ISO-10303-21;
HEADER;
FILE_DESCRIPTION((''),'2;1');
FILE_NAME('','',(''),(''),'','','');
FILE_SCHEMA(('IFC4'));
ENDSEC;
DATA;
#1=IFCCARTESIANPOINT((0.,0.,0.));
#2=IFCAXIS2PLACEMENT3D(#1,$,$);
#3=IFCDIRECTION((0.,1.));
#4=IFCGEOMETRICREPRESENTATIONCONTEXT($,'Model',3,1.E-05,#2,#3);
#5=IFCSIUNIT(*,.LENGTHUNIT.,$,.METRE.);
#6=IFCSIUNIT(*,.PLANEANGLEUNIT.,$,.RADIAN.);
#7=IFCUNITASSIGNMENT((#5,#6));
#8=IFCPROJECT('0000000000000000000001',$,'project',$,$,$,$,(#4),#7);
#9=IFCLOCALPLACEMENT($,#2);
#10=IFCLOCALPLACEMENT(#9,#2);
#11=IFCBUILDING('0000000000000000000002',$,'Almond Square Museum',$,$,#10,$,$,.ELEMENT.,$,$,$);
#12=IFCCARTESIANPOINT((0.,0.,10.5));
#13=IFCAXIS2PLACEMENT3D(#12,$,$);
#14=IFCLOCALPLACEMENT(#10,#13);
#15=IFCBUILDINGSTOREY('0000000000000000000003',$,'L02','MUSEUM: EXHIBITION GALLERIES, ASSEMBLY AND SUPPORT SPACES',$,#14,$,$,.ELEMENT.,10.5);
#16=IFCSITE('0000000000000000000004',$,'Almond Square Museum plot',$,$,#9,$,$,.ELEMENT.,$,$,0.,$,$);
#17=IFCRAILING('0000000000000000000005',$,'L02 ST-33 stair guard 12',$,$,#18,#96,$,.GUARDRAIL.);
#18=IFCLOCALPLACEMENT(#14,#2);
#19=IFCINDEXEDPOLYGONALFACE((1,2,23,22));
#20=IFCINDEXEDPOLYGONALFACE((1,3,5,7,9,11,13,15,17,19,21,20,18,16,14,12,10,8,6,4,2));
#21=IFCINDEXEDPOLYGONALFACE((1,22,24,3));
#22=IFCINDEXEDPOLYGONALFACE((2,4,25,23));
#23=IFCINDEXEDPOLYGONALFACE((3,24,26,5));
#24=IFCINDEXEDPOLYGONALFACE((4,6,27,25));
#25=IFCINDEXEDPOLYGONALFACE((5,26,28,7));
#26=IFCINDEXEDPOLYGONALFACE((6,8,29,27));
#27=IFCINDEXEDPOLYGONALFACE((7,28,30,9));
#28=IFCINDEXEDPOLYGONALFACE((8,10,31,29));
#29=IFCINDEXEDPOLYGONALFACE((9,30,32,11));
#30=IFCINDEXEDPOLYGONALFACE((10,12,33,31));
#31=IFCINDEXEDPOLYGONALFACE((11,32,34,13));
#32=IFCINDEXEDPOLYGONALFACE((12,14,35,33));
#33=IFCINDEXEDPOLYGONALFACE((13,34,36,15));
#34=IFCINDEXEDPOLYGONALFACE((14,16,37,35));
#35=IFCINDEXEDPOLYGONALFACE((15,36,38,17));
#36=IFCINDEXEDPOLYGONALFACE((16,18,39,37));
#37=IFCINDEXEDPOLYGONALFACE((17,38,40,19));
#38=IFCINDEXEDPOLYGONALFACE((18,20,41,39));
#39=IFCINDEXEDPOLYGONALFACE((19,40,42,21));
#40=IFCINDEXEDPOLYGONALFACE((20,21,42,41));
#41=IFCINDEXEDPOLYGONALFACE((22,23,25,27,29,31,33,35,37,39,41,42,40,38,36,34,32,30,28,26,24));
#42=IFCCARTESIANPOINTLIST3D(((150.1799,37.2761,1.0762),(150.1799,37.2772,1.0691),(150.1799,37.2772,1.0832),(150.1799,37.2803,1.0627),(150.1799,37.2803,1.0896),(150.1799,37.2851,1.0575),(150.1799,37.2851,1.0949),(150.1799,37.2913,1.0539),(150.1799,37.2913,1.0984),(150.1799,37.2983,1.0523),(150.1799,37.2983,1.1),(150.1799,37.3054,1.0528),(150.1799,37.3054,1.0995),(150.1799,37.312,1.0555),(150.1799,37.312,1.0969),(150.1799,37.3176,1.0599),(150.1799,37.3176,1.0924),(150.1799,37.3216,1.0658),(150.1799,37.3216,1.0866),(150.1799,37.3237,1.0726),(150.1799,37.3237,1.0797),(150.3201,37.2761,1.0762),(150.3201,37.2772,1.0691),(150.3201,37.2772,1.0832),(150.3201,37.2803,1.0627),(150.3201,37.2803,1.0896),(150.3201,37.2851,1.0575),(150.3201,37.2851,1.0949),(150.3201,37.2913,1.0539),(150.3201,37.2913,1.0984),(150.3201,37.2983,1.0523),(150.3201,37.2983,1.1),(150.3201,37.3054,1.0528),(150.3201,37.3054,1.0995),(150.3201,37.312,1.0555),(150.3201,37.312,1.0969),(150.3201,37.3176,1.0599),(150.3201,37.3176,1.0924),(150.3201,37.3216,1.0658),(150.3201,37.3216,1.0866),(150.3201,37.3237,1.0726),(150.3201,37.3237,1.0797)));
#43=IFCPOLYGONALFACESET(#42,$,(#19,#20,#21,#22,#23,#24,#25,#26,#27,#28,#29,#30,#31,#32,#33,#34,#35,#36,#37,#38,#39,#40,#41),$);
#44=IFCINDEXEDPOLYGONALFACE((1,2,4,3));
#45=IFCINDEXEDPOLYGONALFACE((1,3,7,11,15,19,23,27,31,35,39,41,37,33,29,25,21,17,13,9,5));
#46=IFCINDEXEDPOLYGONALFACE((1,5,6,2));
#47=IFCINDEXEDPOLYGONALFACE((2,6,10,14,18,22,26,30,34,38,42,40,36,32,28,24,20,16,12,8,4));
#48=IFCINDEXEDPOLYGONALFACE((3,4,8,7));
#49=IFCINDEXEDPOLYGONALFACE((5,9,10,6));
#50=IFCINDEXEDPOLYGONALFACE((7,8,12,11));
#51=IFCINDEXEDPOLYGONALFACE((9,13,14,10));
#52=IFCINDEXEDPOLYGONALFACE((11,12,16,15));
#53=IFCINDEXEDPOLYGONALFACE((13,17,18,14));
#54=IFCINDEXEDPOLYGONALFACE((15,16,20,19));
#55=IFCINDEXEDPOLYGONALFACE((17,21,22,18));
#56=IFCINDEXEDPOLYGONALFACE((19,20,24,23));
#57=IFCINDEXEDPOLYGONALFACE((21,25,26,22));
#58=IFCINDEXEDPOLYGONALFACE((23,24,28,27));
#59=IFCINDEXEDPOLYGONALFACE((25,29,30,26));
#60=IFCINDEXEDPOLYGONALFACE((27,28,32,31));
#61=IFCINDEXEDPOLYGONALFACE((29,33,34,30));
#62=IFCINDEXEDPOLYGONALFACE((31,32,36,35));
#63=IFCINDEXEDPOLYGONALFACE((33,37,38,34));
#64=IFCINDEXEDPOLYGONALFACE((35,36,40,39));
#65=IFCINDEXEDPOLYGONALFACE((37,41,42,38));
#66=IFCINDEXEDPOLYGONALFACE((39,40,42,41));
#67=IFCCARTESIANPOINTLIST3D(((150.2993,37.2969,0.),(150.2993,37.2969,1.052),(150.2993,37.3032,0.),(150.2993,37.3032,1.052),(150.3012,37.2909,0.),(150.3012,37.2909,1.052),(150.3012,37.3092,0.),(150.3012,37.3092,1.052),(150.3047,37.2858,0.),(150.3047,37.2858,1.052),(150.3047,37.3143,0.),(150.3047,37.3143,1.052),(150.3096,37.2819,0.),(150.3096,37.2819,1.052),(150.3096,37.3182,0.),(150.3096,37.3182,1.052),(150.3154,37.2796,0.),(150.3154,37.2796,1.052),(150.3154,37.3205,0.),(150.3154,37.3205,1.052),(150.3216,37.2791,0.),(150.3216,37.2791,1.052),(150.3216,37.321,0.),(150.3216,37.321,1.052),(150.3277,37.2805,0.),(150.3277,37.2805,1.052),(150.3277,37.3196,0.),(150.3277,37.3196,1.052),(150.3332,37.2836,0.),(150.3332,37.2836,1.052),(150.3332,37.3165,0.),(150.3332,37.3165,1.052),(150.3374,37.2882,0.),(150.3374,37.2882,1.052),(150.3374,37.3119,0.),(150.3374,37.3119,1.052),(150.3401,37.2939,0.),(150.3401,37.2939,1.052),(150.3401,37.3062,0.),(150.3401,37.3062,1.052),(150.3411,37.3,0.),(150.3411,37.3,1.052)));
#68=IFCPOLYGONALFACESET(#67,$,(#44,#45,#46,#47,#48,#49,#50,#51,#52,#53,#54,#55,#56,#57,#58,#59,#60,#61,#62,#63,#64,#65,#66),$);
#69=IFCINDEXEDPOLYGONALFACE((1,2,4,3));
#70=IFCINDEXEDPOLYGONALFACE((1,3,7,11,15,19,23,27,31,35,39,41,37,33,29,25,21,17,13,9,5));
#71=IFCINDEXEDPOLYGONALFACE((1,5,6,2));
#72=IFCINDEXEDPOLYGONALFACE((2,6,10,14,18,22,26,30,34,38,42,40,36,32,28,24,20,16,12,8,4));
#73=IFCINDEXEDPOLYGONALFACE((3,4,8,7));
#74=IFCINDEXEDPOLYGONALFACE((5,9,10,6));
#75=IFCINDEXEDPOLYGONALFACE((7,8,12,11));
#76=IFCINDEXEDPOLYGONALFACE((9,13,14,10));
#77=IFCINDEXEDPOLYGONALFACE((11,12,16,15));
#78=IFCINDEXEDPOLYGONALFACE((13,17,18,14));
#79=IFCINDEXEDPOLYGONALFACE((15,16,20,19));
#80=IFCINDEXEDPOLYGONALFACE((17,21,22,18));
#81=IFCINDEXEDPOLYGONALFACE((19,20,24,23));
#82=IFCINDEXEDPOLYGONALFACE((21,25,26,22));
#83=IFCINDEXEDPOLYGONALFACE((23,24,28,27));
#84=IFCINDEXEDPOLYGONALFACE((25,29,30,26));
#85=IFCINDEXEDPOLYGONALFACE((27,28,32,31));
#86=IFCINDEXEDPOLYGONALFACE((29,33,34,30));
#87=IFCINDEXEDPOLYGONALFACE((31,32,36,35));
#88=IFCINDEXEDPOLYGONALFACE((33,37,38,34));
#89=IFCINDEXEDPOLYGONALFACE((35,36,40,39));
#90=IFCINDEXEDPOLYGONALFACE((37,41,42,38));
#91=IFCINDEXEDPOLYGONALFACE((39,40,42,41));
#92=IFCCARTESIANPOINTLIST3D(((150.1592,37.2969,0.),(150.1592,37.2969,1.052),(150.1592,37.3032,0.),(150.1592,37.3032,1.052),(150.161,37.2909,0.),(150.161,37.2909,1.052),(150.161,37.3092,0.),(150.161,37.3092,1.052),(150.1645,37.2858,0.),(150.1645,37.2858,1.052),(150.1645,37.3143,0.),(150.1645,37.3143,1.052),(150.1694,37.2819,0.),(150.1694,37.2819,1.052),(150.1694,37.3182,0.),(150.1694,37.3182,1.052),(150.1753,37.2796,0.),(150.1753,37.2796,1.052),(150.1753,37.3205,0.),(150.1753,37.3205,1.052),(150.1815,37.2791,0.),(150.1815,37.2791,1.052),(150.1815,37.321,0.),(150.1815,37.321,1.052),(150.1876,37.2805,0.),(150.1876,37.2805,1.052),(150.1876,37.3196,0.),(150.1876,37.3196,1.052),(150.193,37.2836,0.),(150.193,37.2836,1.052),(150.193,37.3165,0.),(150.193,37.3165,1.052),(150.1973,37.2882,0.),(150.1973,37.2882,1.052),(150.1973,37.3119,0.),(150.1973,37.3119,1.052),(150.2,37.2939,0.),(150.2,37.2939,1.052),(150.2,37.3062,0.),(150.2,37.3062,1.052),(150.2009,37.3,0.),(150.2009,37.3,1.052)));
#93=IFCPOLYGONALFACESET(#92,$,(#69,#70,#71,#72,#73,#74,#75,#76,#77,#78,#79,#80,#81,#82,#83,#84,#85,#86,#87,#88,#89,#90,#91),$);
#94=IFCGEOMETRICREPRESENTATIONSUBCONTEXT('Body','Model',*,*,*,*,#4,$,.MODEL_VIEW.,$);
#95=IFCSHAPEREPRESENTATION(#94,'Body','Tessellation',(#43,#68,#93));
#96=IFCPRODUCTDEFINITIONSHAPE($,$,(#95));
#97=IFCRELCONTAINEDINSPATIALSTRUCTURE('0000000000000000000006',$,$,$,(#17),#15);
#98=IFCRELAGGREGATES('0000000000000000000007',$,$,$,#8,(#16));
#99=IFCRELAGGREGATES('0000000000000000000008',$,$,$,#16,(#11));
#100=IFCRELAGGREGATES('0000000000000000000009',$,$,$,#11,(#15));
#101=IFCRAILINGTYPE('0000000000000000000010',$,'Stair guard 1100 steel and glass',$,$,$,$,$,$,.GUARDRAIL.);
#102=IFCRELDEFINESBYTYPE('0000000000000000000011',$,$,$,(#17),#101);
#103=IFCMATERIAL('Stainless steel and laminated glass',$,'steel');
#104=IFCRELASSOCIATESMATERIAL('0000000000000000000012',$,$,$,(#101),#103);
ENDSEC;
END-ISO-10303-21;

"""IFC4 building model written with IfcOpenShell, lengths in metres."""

from ifc_helpers import new_model, si_unit, direction, frame, origin, origin_2d, place, context, subcontext, project, spatial, circle, extrude, material, type_object, element, save


model = new_model("IFC4")

# Units and contexts
model_context = context("Model", 3, precision=1e-05, world=origin(), true_north=direction((0.0, 1.0)))
body_context = subcontext(model_context, "Body", "Model", "MODEL_VIEW")
ifc_project = project(units=[si_unit("LENGTHUNIT", "METRE"), si_unit("PLANEANGLEUNIT", "RADIAN")], contexts=[model_context])

# Site, building, storey
site_placement = place(None, origin())
site = spatial("IfcSite", under=ifc_project, at=site_placement, Name="Almond Square Museum plot", CompositionType="ELEMENT", RefElevation=0.0)
building_placement = place(site_placement, origin())
building = spatial("IfcBuilding", under=site, at=building_placement, Name="Almond Square Museum", CompositionType="ELEMENT")
storey_placement = place(building_placement, frame((0.0, 0.0, 10.5)))
storey = spatial("IfcBuildingStorey", under=building, at=storey_placement, Name="L02", Description="MUSEUM: EXHIBITION GALLERIES, ASSEMBLY AND SUPPORT SPACES", CompositionType="ELEMENT", Elevation=10.5)

# Railing
ifc_material_1 = material(Name="Stainless steel and laminated glass", Category="steel")
railing_type_1 = type_object("IfcRailingType", Name="Stair guard 1100 steel and glass", PredefinedType="GUARDRAIL", material=ifc_material_1)
railing_1_placement = place(storey_placement, frame((150.3201, 37.3, 0.0)))
element("IfcRailing", 1, at=railing_1_placement, inside=storey, type_object=railing_type_1, Name="L02 ST-33 stair guard 12", PredefinedType="GUARDRAIL", context=body_context, shape_type="SweptSolid", body=[
    extrude(circle(Radius=0.0239, at=origin_2d()), frame((0.0, 0.0, 1.0762), z_axis=(-1.0, 0.0, 0.0), x_axis=(0.0, -1.0, 0.0)), (0.0, 0.0, 1.0), 0.1401),
    extrude(circle(Radius=0.021, at=origin_2d()), origin(), (0.0, 0.0, 1.0), 1.052),
    extrude(circle(Radius=0.021, at=origin_2d()), frame((-0.1401, 0.0, 0.0)), (0.0, 0.0, 1.0), 1.052),
])

save(model, "model.ifc")
